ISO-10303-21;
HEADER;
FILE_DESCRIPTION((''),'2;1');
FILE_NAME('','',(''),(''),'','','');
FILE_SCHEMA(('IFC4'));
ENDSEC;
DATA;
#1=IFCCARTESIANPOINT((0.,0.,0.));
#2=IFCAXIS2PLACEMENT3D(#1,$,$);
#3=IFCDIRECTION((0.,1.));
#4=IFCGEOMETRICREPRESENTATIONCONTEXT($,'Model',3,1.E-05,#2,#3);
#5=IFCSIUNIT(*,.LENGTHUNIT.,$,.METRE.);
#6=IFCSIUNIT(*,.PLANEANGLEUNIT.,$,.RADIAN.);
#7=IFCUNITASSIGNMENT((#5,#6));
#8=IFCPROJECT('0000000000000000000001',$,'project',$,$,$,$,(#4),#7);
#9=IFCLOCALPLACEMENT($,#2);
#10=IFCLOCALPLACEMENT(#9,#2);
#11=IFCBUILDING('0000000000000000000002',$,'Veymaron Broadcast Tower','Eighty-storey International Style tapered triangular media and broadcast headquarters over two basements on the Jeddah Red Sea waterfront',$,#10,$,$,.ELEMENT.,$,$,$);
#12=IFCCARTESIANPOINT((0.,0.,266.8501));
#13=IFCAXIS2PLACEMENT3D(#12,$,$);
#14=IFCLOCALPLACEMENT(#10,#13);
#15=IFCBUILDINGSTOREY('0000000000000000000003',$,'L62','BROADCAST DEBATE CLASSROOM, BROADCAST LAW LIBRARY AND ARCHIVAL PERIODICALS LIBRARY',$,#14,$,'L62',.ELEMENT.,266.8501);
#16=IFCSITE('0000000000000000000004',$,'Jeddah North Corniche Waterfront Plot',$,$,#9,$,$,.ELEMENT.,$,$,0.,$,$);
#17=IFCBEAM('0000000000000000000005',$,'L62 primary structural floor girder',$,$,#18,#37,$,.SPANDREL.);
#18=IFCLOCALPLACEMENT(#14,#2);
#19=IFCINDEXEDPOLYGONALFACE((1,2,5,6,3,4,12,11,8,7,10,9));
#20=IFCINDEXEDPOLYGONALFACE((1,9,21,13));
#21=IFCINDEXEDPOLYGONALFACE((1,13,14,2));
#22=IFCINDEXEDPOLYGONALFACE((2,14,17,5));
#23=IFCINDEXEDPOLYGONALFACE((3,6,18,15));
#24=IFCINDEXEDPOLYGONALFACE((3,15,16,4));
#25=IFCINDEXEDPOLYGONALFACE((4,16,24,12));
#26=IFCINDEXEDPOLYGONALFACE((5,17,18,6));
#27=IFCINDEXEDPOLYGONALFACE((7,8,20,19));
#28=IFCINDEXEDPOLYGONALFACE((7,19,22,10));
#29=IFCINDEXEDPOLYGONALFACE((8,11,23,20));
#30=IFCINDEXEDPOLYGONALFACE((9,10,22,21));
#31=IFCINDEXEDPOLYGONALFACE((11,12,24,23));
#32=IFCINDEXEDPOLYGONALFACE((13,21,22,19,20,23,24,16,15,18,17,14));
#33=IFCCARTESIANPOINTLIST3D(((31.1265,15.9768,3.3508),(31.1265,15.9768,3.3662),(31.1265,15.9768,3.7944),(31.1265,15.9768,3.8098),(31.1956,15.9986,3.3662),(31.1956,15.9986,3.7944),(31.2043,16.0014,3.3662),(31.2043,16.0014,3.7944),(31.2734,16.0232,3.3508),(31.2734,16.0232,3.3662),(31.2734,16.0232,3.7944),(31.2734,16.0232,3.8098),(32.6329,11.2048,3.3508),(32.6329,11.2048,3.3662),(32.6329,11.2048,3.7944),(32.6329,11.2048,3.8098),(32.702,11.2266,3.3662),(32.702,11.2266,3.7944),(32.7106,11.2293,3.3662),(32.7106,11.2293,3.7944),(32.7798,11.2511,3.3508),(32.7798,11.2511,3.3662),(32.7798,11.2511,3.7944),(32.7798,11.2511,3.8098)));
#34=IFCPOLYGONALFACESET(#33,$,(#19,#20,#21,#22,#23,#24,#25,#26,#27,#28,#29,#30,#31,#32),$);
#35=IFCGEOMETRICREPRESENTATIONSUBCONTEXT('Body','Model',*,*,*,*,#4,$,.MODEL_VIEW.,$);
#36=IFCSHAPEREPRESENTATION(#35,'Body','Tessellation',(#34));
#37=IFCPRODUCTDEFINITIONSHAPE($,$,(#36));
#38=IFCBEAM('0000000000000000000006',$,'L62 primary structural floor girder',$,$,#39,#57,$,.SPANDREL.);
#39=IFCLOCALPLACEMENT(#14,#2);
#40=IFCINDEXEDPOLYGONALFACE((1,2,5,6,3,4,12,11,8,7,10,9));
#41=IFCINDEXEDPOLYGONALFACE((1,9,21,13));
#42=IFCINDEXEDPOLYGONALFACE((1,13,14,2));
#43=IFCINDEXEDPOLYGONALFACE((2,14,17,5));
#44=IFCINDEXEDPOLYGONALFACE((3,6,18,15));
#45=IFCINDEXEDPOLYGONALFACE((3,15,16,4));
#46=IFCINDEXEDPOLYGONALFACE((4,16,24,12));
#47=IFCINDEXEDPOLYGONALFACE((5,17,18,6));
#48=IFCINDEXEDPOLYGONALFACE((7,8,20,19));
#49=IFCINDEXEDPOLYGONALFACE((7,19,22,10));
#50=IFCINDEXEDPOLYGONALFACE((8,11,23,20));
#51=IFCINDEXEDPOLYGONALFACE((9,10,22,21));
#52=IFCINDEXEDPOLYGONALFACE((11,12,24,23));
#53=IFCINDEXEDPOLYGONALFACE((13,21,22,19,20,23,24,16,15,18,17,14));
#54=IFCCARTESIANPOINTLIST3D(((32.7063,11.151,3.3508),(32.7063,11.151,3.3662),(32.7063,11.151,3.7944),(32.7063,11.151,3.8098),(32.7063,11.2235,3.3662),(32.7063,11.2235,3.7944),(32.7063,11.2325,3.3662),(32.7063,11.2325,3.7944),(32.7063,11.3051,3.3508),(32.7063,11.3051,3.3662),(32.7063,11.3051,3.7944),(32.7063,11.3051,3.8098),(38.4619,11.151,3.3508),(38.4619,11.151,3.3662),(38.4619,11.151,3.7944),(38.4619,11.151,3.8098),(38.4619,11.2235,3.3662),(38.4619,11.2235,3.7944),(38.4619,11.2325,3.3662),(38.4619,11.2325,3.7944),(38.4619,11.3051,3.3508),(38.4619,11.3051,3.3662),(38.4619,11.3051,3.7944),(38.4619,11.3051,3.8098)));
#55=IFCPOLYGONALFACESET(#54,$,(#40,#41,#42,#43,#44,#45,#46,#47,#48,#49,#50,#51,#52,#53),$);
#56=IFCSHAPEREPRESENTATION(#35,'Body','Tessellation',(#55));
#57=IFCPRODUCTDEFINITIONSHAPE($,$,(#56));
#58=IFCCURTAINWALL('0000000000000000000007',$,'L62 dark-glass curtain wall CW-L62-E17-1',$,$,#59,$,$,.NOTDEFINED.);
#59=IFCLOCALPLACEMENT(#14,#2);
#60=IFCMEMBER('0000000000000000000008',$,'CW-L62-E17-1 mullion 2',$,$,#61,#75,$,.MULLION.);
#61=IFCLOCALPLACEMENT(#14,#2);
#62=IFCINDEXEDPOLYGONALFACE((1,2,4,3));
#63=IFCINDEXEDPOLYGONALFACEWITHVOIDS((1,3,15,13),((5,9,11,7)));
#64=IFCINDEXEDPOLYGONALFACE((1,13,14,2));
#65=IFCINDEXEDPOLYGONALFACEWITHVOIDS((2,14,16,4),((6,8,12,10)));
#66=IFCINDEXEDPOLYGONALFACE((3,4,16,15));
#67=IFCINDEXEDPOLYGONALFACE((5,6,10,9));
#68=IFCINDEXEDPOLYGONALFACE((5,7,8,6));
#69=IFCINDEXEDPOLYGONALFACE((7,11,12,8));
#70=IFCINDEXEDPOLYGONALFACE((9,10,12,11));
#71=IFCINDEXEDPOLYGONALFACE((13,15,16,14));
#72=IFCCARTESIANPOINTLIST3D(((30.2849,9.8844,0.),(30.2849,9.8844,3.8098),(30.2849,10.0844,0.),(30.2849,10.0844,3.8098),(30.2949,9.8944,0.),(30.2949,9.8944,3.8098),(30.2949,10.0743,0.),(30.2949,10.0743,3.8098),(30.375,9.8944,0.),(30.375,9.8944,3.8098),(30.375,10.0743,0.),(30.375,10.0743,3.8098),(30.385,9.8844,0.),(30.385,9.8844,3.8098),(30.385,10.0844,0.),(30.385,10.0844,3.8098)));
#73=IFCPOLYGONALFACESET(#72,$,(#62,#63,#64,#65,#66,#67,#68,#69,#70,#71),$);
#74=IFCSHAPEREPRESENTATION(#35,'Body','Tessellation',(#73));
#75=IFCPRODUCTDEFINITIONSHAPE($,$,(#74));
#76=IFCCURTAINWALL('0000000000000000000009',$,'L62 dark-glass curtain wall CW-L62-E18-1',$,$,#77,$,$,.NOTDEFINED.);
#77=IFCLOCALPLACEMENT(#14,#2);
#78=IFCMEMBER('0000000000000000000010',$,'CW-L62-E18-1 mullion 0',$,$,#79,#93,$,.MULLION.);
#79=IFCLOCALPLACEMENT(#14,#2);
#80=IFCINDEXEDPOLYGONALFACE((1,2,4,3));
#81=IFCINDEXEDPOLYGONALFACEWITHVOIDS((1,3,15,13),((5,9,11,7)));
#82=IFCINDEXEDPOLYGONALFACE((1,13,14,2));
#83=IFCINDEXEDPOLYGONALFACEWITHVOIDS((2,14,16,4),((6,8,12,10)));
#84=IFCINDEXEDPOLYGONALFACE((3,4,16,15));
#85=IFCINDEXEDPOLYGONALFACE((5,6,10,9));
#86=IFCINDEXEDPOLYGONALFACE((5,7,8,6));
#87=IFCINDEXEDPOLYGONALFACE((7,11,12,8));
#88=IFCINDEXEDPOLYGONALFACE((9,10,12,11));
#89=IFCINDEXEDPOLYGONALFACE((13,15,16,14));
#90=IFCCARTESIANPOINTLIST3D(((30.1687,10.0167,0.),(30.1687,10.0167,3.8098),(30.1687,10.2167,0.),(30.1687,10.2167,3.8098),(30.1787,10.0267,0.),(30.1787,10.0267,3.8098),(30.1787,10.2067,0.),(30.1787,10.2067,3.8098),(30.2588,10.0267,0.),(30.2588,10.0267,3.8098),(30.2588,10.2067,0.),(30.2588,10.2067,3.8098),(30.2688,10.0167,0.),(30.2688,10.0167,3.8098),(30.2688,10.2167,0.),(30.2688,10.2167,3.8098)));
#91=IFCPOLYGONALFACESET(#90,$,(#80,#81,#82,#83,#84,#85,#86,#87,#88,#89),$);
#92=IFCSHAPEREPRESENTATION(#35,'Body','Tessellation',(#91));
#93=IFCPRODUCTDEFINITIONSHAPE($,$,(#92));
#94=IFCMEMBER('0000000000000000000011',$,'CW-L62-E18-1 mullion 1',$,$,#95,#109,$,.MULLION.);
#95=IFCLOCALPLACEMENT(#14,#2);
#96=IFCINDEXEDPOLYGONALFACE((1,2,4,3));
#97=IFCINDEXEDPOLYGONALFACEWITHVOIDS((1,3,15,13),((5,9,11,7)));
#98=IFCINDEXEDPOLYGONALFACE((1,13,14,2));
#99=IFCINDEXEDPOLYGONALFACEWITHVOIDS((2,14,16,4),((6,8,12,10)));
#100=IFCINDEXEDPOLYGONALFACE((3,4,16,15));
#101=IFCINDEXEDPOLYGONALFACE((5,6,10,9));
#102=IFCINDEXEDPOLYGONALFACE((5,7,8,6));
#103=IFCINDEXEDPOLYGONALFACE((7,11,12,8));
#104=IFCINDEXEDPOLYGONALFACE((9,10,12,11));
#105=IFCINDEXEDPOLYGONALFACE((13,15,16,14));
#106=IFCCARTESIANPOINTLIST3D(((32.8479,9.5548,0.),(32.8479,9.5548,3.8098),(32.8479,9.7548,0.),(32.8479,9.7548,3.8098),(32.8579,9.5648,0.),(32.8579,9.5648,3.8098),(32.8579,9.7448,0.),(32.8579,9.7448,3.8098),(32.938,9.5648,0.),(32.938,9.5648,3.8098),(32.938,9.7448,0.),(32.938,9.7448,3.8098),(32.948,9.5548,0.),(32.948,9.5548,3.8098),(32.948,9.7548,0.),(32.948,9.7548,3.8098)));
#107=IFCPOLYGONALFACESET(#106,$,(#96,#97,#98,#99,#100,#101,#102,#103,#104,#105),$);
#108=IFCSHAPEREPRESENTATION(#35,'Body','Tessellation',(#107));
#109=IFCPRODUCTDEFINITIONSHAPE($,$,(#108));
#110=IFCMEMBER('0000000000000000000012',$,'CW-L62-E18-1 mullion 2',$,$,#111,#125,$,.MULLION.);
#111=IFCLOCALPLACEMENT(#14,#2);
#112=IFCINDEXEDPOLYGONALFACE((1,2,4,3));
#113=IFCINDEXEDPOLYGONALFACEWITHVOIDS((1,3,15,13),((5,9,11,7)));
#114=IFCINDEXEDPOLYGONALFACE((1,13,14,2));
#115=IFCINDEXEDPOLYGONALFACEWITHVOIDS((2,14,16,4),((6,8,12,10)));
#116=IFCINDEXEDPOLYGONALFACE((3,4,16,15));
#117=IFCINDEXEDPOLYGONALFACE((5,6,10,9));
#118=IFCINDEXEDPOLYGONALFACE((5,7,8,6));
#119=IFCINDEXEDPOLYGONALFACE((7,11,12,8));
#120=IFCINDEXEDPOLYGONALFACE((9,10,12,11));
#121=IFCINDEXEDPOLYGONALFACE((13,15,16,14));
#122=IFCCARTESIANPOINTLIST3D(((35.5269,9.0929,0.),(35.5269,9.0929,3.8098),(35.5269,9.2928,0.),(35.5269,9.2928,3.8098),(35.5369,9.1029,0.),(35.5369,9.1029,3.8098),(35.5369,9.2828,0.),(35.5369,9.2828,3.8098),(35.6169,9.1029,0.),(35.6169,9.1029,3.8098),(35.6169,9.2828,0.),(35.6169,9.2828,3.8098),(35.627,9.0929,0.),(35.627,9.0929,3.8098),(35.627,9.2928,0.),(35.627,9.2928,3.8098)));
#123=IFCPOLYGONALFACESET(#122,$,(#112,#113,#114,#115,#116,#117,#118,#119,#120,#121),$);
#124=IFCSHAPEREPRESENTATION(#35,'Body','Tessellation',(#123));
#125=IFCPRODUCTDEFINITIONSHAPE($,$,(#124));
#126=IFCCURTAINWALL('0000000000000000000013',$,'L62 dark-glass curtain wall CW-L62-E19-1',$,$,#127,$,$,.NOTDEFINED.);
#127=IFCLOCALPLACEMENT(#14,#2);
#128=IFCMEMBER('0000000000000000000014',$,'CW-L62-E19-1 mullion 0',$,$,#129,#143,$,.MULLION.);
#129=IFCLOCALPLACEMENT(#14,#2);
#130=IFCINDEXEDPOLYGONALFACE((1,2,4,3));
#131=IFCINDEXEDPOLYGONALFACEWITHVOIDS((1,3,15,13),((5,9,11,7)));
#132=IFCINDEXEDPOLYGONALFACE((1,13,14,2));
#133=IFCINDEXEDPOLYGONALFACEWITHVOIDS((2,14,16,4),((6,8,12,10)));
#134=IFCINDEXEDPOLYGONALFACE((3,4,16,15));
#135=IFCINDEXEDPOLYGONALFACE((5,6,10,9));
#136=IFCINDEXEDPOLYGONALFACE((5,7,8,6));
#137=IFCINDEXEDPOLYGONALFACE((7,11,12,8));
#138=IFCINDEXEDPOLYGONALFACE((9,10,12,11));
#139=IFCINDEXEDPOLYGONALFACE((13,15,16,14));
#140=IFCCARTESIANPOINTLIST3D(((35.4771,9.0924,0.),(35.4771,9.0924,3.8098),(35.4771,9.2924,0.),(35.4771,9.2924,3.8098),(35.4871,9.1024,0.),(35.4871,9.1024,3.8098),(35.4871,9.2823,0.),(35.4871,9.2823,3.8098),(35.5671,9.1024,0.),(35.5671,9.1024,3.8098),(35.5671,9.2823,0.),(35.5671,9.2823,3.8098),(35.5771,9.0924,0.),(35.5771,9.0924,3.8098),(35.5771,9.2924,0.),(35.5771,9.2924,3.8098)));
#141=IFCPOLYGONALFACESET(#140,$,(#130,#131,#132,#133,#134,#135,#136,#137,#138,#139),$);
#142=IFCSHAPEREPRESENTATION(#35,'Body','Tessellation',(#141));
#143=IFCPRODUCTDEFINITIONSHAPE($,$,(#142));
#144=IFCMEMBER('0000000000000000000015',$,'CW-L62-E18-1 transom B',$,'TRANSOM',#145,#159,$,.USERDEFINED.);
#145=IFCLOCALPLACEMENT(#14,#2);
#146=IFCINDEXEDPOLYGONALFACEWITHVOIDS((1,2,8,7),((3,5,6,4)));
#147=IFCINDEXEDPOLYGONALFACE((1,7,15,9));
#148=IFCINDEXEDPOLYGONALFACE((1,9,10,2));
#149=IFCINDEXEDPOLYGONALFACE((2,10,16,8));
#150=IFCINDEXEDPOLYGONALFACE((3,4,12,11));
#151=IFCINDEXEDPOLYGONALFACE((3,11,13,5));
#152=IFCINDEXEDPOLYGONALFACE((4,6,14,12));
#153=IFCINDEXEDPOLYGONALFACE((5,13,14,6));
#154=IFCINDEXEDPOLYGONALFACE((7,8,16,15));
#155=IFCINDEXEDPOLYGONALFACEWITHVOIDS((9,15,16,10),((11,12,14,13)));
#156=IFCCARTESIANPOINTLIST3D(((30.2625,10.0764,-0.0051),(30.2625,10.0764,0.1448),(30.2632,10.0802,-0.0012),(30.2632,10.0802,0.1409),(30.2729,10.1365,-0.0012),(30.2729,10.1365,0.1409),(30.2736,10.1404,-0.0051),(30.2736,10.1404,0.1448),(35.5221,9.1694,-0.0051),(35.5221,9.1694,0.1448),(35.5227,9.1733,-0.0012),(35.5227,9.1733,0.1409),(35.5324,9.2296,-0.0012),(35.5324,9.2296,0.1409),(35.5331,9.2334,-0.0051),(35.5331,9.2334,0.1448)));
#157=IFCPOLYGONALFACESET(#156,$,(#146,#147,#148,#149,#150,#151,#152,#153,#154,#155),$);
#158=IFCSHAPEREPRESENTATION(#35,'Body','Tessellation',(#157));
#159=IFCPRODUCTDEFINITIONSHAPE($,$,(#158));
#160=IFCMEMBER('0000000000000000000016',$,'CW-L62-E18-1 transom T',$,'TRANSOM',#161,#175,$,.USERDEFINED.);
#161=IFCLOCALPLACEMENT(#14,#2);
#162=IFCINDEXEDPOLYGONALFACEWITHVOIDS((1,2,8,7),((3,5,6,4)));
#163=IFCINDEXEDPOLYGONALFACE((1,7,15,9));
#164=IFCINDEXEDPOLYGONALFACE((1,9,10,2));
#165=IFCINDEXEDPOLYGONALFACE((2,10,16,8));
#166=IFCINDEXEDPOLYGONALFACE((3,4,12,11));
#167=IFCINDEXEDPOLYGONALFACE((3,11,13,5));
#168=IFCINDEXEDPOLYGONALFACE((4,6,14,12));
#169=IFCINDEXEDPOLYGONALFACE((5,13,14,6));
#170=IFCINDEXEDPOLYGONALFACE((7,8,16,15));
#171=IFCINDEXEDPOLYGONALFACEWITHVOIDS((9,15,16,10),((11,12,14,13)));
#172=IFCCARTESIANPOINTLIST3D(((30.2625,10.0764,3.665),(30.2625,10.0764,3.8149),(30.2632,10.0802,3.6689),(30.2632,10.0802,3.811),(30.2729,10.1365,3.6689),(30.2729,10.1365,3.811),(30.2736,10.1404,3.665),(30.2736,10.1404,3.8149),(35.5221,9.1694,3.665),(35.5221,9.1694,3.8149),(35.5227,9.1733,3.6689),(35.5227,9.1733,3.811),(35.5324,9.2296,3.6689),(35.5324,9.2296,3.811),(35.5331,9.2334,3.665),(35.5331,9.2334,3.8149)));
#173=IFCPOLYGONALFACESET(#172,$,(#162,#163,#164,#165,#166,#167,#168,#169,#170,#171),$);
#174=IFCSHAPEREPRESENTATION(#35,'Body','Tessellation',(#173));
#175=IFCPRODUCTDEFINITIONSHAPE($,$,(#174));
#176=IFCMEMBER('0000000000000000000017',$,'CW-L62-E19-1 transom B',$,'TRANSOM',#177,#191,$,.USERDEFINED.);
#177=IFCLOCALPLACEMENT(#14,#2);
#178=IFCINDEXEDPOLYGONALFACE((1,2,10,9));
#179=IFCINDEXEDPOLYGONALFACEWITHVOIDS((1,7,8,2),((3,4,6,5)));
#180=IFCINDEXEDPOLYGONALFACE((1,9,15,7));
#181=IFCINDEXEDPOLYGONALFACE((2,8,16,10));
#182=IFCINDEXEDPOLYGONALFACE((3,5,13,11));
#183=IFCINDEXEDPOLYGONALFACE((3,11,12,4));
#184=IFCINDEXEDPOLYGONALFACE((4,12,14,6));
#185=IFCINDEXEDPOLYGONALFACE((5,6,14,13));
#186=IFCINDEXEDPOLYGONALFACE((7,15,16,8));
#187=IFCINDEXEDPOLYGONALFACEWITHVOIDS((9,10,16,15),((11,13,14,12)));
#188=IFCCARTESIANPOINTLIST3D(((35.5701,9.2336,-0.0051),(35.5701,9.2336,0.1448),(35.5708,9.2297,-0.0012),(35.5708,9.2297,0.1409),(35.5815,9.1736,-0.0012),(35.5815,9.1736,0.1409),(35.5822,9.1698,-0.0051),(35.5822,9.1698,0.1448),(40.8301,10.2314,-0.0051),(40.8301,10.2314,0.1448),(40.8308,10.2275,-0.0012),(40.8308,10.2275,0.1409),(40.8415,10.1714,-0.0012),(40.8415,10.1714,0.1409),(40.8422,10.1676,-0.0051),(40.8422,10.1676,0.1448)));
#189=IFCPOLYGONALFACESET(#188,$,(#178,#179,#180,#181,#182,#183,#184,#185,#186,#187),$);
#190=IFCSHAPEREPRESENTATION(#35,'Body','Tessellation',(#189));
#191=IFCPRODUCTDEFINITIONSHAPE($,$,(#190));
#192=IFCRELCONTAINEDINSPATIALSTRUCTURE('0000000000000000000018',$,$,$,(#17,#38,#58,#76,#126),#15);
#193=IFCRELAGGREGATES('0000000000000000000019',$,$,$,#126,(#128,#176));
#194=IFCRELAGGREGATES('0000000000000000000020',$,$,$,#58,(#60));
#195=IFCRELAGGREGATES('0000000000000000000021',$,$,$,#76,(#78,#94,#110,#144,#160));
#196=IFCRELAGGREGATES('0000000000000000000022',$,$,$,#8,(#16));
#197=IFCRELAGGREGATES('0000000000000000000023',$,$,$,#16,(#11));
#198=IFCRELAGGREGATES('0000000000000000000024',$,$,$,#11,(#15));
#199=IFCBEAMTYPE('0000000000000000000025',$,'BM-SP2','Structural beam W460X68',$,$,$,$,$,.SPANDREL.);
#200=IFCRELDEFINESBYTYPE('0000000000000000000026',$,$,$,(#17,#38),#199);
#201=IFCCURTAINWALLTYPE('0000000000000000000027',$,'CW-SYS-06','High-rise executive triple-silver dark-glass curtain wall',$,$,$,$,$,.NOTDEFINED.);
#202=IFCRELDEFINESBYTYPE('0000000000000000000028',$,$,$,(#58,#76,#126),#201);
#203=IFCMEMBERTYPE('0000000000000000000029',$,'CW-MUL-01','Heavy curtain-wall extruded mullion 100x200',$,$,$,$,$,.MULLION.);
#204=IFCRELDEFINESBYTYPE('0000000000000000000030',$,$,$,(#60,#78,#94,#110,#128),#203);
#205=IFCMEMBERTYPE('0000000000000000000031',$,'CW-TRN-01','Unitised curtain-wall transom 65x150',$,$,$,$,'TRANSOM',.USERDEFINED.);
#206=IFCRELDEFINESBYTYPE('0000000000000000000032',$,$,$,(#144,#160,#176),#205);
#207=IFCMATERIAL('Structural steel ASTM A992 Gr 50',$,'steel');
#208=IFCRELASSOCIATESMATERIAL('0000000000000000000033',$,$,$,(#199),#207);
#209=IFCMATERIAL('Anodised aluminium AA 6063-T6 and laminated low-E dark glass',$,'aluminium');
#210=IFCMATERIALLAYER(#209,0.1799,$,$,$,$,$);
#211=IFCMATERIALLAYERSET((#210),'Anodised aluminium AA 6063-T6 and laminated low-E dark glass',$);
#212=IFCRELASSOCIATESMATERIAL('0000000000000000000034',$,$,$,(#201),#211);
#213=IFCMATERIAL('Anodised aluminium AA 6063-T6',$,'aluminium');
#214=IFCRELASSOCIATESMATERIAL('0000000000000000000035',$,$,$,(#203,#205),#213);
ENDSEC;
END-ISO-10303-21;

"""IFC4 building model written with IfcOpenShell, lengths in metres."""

from ifc_helpers import new_model, si_unit, direction, frame, origin, origin_2d, place, context, subcontext, project, spatial, hollow_rectangle, i_section, extrude, material, layer, layer_set, material_profile, profile_set, type_object, element, aggregate, save


model = new_model("IFC4")

# Units and contexts
model_context = context("Model", 3, precision=1e-05, world=origin(), true_north=direction((0.0, 1.0)))
body_context = subcontext(model_context, "Body", "Model", "MODEL_VIEW")
ifc_project = project(units=[si_unit("LENGTHUNIT", "METRE"), si_unit("PLANEANGLEUNIT", "RADIAN")], contexts=[model_context])

# Site, building, storey
site_placement = place(None, origin())
site = spatial("IfcSite", under=ifc_project, at=site_placement, Name="Jeddah North Corniche Waterfront Plot", CompositionType="ELEMENT", RefElevation=0.0)
building_placement = place(site_placement, origin())
building = spatial("IfcBuilding", under=site, at=building_placement, Name="Veymaron Broadcast Tower", Description="Eighty-storey International Style tapered triangular media and broadcast headquarters over two basements on the Jeddah Red Sea waterfront", CompositionType="ELEMENT")
storey_placement = place(building_placement, frame((0.0, 0.0, 266.8501)))
storey = spatial("IfcBuildingStorey", under=building, at=storey_placement, Name="L62", Description="BROADCAST DEBATE CLASSROOM, BROADCAST LAW LIBRARY AND ARCHIVAL PERIODICALS LIBRARY", LongName="L62", CompositionType="ELEMENT", Elevation=266.8501)

# Shared definitions
ifc_material_1 = material(Name="Structural steel ASTM A992 Gr 50", Category="steel")

# Beams
ifc_material_profile_1 = material_profile(ifc_material_1, i_section(OverallWidth=0.1541, OverallDepth=0.459, WebThickness=0.009, FlangeThickness=0.0154, at=origin_2d()), Name="W460X68")
ifc_profile_set_1 = profile_set([ifc_material_profile_1], Name="Structural steel ASTM A992 Gr 50")
beam_type_1 = type_object("IfcBeamType", Name="BM-SP2", Description="Structural beam W460X68", PredefinedType="SPANDREL", material=ifc_profile_set_1)
beam_1_placement = place(storey_placement, frame((31.2, 16.0, 3.5803), z_axis=(0.301024, -0.953617, 0.0), x_axis=(0.953617, 0.301024, 0.0)))
element("IfcBeam", 1, at=beam_1_placement, inside=storey, type_object=beam_type_1, Name="L62 primary structural floor girder", PredefinedType="SPANDREL", context=body_context, shape_type="SweptSolid", body=[
    extrude(i_section(OverallWidth=0.1541, OverallDepth=0.459, WebThickness=0.009, FlangeThickness=0.0154, at=origin_2d()), origin(), (0.0, 0.0, 1.0), 5.0042),
])
beam_2_placement = place(storey_placement, frame((32.7063, 11.228, 3.5803), z_axis=(1.0, 0.0, 0.0), x_axis=(0.0, 1.0, 0.0)))
element("IfcBeam", 2, at=beam_2_placement, inside=storey, type_object=beam_type_1, Name="L62 primary structural floor girder", PredefinedType="SPANDREL", context=body_context, shape_type="SweptSolid", body=[
    extrude(i_section(OverallWidth=0.1541, OverallDepth=0.459, WebThickness=0.009, FlangeThickness=0.0154, at=origin_2d()), origin(), (0.0, 0.0, 1.0), 5.7556),
])

# Curtain wall, member
ifc_material_2 = material(Name="Anodised aluminium AA 6063-T6 and laminated low-E dark glass", Category="aluminium")
ifc_layer_1 = layer(ifc_material_2, 0.1799)
ifc_layer_set_1 = layer_set([ifc_layer_1], Name="Anodised aluminium AA 6063-T6 and laminated low-E dark glass")
curtain_wall_type = type_object("IfcCurtainWallType", Name="CW-SYS-06", Description="High-rise executive triple-silver dark-glass curtain wall", PredefinedType="NOTDEFINED", material=ifc_layer_set_1)
curtain_wall_1_placement = place(storey_placement, origin())
curtain_wall_1 = element("IfcCurtainWall", 3, at=curtain_wall_1_placement, inside=storey, type_object=curtain_wall_type, Name="L62 dark-glass curtain wall CW-L62-E17-1", PredefinedType="NOTDEFINED")
ifc_material_3 = material(Name="Anodised aluminium AA 6063-T6", Category="aluminium")
ifc_material_profile_2 = material_profile(ifc_material_3, hollow_rectangle(XDim=0.1001, YDim=0.2, WallThickness=0.01, at=origin_2d()), Name="RHS200X100X10")
ifc_profile_set_2 = profile_set([ifc_material_profile_2], Name="Anodised aluminium AA 6063-T6")
member_type_1 = type_object("IfcMemberType", Name="CW-MUL-01", Description="Heavy curtain-wall extruded mullion 100x200", PredefinedType="MULLION", material=ifc_profile_set_2)
member_1_placement = place(storey_placement, frame((30.335, 9.9844, 0.0), z_axis=(0.0, 0.0, 1.0), x_axis=(1.0, 0.0, 0.0)))
member_1 = element("IfcMember", 4, at=member_1_placement, type_object=member_type_1, Name="CW-L62-E17-1 mullion 2", PredefinedType="MULLION", context=body_context, shape_type="SweptSolid", body=[
    extrude(hollow_rectangle(XDim=0.1001, YDim=0.2, WallThickness=0.01, at=origin_2d()), origin(), (0.0, 0.0, 1.0), 3.8098),
])

# Curtain wall, members
curtain_wall_2_placement = place(storey_placement, origin())
curtain_wall_2 = element("IfcCurtainWall", 5, at=curtain_wall_2_placement, inside=storey, type_object=curtain_wall_type, Name="L62 dark-glass curtain wall CW-L62-E18-1", PredefinedType="NOTDEFINED")
member_2_placement = place(storey_placement, frame((30.2188, 10.1167, 0.0), z_axis=(0.0, 0.0, 1.0), x_axis=(1.0, 0.0, 0.0)))
member_2 = element("IfcMember", 6, at=member_2_placement, type_object=member_type_1, Name="CW-L62-E18-1 mullion 0", PredefinedType="MULLION", context=body_context, shape_type="SweptSolid", body=[
    extrude(hollow_rectangle(XDim=0.1001, YDim=0.2, WallThickness=0.01, at=origin_2d()), origin(), (0.0, 0.0, 1.0), 3.8098),
])
member_3_placement = place(storey_placement, frame((32.8979, 9.6548, 0.0), z_axis=(0.0, 0.0, 1.0), x_axis=(1.0, 0.0, 0.0)))
member_3 = element("IfcMember", 7, at=member_3_placement, type_object=member_type_1, Name="CW-L62-E18-1 mullion 1", PredefinedType="MULLION", context=body_context, shape_type="SweptSolid", body=[
    extrude(hollow_rectangle(XDim=0.1001, YDim=0.2, WallThickness=0.01, at=origin_2d()), origin(), (0.0, 0.0, 1.0), 3.8098),
])
member_4_placement = place(storey_placement, frame((35.5769, 9.1929, 0.0), z_axis=(0.0, 0.0, 1.0), x_axis=(1.0, 0.0, 0.0)))
member_4 = element("IfcMember", 8, at=member_4_placement, type_object=member_type_1, Name="CW-L62-E18-1 mullion 2", PredefinedType="MULLION", context=body_context, shape_type="SweptSolid", body=[
    extrude(hollow_rectangle(XDim=0.1001, YDim=0.2, WallThickness=0.01, at=origin_2d()), origin(), (0.0, 0.0, 1.0), 3.8098),
])

# Curtain wall, member
curtain_wall_3_placement = place(storey_placement, origin())
curtain_wall_3 = element("IfcCurtainWall", 9, at=curtain_wall_3_placement, inside=storey, type_object=curtain_wall_type, Name="L62 dark-glass curtain wall CW-L62-E19-1", PredefinedType="NOTDEFINED")
member_5_placement = place(storey_placement, frame((35.5271, 9.1924, 0.0), z_axis=(0.0, 0.0, 1.0), x_axis=(1.0, 0.0, 0.0)))
member_5 = element("IfcMember", 10, at=member_5_placement, type_object=member_type_1, Name="CW-L62-E19-1 mullion 0", PredefinedType="MULLION", context=body_context, shape_type="SweptSolid", body=[
    extrude(hollow_rectangle(XDim=0.1001, YDim=0.2, WallThickness=0.01, at=origin_2d()), origin(), (0.0, 0.0, 1.0), 3.8098),
])

# Members
ifc_material_profile_3 = material_profile(ifc_material_3, hollow_rectangle(XDim=0.0649, YDim=0.1499, WallThickness=0.0039, at=origin_2d()), Name="AL150X65X4")
ifc_profile_set_3 = profile_set([ifc_material_profile_3], Name="Anodised aluminium AA 6063-T6")
member_type_2 = type_object("IfcMemberType", Name="CW-TRN-01", Description="Unitised curtain-wall transom 65x150", ElementType="TRANSOM", PredefinedType="USERDEFINED", material=ifc_profile_set_3)
member_6_placement = place(storey_placement, frame((30.2681, 10.1084, 0.0698), z_axis=(0.985455, -0.169938, 0.0), x_axis=(0.169938, 0.985455, 0.0)))
member_6 = element("IfcMember", 11, at=member_6_placement, type_object=member_type_2, Name="CW-L62-E18-1 transom B", ObjectType="TRANSOM", PredefinedType="USERDEFINED", context=body_context, shape_type="SweptSolid", body=[
    extrude(hollow_rectangle(XDim=0.0649, YDim=0.1499, WallThickness=0.0039, at=origin_2d()), origin(), (0.0, 0.0, 1.0), 5.3372),
])
member_7_placement = place(storey_placement, frame((30.2681, 10.1084, 3.74), z_axis=(0.985455, -0.169938, 0.0), x_axis=(0.169938, 0.985455, 0.0)))
member_7 = element("IfcMember", 12, at=member_7_placement, type_object=member_type_2, Name="CW-L62-E18-1 transom T", ObjectType="TRANSOM", PredefinedType="USERDEFINED", context=body_context, shape_type="SweptSolid", body=[
    extrude(hollow_rectangle(XDim=0.0649, YDim=0.1499, WallThickness=0.0039, at=origin_2d()), origin(), (0.0, 0.0, 1.0), 5.3372),
])
member_8_placement = place(storey_placement, frame((35.5762, 9.2017, 0.0698), z_axis=(0.982479, 0.186372, 0.0), x_axis=(-0.186372, 0.982479, 0.0)))
member_8 = element("IfcMember", 13, at=member_8_placement, type_object=member_type_2, Name="CW-L62-E19-1 transom B", ObjectType="TRANSOM", PredefinedType="USERDEFINED", context=body_context, shape_type="SweptSolid", body=[
    extrude(hollow_rectangle(XDim=0.0649, YDim=0.1499, WallThickness=0.0039, at=origin_2d()), origin(), (0.0, 0.0, 1.0), 5.3538),
])
aggregate(curtain_wall_3, [member_5, member_8])

aggregate(curtain_wall_1, [member_1])
aggregate(curtain_wall_2, [member_2, member_3, member_4, member_6, member_7])

save(model, "model.ifc")
